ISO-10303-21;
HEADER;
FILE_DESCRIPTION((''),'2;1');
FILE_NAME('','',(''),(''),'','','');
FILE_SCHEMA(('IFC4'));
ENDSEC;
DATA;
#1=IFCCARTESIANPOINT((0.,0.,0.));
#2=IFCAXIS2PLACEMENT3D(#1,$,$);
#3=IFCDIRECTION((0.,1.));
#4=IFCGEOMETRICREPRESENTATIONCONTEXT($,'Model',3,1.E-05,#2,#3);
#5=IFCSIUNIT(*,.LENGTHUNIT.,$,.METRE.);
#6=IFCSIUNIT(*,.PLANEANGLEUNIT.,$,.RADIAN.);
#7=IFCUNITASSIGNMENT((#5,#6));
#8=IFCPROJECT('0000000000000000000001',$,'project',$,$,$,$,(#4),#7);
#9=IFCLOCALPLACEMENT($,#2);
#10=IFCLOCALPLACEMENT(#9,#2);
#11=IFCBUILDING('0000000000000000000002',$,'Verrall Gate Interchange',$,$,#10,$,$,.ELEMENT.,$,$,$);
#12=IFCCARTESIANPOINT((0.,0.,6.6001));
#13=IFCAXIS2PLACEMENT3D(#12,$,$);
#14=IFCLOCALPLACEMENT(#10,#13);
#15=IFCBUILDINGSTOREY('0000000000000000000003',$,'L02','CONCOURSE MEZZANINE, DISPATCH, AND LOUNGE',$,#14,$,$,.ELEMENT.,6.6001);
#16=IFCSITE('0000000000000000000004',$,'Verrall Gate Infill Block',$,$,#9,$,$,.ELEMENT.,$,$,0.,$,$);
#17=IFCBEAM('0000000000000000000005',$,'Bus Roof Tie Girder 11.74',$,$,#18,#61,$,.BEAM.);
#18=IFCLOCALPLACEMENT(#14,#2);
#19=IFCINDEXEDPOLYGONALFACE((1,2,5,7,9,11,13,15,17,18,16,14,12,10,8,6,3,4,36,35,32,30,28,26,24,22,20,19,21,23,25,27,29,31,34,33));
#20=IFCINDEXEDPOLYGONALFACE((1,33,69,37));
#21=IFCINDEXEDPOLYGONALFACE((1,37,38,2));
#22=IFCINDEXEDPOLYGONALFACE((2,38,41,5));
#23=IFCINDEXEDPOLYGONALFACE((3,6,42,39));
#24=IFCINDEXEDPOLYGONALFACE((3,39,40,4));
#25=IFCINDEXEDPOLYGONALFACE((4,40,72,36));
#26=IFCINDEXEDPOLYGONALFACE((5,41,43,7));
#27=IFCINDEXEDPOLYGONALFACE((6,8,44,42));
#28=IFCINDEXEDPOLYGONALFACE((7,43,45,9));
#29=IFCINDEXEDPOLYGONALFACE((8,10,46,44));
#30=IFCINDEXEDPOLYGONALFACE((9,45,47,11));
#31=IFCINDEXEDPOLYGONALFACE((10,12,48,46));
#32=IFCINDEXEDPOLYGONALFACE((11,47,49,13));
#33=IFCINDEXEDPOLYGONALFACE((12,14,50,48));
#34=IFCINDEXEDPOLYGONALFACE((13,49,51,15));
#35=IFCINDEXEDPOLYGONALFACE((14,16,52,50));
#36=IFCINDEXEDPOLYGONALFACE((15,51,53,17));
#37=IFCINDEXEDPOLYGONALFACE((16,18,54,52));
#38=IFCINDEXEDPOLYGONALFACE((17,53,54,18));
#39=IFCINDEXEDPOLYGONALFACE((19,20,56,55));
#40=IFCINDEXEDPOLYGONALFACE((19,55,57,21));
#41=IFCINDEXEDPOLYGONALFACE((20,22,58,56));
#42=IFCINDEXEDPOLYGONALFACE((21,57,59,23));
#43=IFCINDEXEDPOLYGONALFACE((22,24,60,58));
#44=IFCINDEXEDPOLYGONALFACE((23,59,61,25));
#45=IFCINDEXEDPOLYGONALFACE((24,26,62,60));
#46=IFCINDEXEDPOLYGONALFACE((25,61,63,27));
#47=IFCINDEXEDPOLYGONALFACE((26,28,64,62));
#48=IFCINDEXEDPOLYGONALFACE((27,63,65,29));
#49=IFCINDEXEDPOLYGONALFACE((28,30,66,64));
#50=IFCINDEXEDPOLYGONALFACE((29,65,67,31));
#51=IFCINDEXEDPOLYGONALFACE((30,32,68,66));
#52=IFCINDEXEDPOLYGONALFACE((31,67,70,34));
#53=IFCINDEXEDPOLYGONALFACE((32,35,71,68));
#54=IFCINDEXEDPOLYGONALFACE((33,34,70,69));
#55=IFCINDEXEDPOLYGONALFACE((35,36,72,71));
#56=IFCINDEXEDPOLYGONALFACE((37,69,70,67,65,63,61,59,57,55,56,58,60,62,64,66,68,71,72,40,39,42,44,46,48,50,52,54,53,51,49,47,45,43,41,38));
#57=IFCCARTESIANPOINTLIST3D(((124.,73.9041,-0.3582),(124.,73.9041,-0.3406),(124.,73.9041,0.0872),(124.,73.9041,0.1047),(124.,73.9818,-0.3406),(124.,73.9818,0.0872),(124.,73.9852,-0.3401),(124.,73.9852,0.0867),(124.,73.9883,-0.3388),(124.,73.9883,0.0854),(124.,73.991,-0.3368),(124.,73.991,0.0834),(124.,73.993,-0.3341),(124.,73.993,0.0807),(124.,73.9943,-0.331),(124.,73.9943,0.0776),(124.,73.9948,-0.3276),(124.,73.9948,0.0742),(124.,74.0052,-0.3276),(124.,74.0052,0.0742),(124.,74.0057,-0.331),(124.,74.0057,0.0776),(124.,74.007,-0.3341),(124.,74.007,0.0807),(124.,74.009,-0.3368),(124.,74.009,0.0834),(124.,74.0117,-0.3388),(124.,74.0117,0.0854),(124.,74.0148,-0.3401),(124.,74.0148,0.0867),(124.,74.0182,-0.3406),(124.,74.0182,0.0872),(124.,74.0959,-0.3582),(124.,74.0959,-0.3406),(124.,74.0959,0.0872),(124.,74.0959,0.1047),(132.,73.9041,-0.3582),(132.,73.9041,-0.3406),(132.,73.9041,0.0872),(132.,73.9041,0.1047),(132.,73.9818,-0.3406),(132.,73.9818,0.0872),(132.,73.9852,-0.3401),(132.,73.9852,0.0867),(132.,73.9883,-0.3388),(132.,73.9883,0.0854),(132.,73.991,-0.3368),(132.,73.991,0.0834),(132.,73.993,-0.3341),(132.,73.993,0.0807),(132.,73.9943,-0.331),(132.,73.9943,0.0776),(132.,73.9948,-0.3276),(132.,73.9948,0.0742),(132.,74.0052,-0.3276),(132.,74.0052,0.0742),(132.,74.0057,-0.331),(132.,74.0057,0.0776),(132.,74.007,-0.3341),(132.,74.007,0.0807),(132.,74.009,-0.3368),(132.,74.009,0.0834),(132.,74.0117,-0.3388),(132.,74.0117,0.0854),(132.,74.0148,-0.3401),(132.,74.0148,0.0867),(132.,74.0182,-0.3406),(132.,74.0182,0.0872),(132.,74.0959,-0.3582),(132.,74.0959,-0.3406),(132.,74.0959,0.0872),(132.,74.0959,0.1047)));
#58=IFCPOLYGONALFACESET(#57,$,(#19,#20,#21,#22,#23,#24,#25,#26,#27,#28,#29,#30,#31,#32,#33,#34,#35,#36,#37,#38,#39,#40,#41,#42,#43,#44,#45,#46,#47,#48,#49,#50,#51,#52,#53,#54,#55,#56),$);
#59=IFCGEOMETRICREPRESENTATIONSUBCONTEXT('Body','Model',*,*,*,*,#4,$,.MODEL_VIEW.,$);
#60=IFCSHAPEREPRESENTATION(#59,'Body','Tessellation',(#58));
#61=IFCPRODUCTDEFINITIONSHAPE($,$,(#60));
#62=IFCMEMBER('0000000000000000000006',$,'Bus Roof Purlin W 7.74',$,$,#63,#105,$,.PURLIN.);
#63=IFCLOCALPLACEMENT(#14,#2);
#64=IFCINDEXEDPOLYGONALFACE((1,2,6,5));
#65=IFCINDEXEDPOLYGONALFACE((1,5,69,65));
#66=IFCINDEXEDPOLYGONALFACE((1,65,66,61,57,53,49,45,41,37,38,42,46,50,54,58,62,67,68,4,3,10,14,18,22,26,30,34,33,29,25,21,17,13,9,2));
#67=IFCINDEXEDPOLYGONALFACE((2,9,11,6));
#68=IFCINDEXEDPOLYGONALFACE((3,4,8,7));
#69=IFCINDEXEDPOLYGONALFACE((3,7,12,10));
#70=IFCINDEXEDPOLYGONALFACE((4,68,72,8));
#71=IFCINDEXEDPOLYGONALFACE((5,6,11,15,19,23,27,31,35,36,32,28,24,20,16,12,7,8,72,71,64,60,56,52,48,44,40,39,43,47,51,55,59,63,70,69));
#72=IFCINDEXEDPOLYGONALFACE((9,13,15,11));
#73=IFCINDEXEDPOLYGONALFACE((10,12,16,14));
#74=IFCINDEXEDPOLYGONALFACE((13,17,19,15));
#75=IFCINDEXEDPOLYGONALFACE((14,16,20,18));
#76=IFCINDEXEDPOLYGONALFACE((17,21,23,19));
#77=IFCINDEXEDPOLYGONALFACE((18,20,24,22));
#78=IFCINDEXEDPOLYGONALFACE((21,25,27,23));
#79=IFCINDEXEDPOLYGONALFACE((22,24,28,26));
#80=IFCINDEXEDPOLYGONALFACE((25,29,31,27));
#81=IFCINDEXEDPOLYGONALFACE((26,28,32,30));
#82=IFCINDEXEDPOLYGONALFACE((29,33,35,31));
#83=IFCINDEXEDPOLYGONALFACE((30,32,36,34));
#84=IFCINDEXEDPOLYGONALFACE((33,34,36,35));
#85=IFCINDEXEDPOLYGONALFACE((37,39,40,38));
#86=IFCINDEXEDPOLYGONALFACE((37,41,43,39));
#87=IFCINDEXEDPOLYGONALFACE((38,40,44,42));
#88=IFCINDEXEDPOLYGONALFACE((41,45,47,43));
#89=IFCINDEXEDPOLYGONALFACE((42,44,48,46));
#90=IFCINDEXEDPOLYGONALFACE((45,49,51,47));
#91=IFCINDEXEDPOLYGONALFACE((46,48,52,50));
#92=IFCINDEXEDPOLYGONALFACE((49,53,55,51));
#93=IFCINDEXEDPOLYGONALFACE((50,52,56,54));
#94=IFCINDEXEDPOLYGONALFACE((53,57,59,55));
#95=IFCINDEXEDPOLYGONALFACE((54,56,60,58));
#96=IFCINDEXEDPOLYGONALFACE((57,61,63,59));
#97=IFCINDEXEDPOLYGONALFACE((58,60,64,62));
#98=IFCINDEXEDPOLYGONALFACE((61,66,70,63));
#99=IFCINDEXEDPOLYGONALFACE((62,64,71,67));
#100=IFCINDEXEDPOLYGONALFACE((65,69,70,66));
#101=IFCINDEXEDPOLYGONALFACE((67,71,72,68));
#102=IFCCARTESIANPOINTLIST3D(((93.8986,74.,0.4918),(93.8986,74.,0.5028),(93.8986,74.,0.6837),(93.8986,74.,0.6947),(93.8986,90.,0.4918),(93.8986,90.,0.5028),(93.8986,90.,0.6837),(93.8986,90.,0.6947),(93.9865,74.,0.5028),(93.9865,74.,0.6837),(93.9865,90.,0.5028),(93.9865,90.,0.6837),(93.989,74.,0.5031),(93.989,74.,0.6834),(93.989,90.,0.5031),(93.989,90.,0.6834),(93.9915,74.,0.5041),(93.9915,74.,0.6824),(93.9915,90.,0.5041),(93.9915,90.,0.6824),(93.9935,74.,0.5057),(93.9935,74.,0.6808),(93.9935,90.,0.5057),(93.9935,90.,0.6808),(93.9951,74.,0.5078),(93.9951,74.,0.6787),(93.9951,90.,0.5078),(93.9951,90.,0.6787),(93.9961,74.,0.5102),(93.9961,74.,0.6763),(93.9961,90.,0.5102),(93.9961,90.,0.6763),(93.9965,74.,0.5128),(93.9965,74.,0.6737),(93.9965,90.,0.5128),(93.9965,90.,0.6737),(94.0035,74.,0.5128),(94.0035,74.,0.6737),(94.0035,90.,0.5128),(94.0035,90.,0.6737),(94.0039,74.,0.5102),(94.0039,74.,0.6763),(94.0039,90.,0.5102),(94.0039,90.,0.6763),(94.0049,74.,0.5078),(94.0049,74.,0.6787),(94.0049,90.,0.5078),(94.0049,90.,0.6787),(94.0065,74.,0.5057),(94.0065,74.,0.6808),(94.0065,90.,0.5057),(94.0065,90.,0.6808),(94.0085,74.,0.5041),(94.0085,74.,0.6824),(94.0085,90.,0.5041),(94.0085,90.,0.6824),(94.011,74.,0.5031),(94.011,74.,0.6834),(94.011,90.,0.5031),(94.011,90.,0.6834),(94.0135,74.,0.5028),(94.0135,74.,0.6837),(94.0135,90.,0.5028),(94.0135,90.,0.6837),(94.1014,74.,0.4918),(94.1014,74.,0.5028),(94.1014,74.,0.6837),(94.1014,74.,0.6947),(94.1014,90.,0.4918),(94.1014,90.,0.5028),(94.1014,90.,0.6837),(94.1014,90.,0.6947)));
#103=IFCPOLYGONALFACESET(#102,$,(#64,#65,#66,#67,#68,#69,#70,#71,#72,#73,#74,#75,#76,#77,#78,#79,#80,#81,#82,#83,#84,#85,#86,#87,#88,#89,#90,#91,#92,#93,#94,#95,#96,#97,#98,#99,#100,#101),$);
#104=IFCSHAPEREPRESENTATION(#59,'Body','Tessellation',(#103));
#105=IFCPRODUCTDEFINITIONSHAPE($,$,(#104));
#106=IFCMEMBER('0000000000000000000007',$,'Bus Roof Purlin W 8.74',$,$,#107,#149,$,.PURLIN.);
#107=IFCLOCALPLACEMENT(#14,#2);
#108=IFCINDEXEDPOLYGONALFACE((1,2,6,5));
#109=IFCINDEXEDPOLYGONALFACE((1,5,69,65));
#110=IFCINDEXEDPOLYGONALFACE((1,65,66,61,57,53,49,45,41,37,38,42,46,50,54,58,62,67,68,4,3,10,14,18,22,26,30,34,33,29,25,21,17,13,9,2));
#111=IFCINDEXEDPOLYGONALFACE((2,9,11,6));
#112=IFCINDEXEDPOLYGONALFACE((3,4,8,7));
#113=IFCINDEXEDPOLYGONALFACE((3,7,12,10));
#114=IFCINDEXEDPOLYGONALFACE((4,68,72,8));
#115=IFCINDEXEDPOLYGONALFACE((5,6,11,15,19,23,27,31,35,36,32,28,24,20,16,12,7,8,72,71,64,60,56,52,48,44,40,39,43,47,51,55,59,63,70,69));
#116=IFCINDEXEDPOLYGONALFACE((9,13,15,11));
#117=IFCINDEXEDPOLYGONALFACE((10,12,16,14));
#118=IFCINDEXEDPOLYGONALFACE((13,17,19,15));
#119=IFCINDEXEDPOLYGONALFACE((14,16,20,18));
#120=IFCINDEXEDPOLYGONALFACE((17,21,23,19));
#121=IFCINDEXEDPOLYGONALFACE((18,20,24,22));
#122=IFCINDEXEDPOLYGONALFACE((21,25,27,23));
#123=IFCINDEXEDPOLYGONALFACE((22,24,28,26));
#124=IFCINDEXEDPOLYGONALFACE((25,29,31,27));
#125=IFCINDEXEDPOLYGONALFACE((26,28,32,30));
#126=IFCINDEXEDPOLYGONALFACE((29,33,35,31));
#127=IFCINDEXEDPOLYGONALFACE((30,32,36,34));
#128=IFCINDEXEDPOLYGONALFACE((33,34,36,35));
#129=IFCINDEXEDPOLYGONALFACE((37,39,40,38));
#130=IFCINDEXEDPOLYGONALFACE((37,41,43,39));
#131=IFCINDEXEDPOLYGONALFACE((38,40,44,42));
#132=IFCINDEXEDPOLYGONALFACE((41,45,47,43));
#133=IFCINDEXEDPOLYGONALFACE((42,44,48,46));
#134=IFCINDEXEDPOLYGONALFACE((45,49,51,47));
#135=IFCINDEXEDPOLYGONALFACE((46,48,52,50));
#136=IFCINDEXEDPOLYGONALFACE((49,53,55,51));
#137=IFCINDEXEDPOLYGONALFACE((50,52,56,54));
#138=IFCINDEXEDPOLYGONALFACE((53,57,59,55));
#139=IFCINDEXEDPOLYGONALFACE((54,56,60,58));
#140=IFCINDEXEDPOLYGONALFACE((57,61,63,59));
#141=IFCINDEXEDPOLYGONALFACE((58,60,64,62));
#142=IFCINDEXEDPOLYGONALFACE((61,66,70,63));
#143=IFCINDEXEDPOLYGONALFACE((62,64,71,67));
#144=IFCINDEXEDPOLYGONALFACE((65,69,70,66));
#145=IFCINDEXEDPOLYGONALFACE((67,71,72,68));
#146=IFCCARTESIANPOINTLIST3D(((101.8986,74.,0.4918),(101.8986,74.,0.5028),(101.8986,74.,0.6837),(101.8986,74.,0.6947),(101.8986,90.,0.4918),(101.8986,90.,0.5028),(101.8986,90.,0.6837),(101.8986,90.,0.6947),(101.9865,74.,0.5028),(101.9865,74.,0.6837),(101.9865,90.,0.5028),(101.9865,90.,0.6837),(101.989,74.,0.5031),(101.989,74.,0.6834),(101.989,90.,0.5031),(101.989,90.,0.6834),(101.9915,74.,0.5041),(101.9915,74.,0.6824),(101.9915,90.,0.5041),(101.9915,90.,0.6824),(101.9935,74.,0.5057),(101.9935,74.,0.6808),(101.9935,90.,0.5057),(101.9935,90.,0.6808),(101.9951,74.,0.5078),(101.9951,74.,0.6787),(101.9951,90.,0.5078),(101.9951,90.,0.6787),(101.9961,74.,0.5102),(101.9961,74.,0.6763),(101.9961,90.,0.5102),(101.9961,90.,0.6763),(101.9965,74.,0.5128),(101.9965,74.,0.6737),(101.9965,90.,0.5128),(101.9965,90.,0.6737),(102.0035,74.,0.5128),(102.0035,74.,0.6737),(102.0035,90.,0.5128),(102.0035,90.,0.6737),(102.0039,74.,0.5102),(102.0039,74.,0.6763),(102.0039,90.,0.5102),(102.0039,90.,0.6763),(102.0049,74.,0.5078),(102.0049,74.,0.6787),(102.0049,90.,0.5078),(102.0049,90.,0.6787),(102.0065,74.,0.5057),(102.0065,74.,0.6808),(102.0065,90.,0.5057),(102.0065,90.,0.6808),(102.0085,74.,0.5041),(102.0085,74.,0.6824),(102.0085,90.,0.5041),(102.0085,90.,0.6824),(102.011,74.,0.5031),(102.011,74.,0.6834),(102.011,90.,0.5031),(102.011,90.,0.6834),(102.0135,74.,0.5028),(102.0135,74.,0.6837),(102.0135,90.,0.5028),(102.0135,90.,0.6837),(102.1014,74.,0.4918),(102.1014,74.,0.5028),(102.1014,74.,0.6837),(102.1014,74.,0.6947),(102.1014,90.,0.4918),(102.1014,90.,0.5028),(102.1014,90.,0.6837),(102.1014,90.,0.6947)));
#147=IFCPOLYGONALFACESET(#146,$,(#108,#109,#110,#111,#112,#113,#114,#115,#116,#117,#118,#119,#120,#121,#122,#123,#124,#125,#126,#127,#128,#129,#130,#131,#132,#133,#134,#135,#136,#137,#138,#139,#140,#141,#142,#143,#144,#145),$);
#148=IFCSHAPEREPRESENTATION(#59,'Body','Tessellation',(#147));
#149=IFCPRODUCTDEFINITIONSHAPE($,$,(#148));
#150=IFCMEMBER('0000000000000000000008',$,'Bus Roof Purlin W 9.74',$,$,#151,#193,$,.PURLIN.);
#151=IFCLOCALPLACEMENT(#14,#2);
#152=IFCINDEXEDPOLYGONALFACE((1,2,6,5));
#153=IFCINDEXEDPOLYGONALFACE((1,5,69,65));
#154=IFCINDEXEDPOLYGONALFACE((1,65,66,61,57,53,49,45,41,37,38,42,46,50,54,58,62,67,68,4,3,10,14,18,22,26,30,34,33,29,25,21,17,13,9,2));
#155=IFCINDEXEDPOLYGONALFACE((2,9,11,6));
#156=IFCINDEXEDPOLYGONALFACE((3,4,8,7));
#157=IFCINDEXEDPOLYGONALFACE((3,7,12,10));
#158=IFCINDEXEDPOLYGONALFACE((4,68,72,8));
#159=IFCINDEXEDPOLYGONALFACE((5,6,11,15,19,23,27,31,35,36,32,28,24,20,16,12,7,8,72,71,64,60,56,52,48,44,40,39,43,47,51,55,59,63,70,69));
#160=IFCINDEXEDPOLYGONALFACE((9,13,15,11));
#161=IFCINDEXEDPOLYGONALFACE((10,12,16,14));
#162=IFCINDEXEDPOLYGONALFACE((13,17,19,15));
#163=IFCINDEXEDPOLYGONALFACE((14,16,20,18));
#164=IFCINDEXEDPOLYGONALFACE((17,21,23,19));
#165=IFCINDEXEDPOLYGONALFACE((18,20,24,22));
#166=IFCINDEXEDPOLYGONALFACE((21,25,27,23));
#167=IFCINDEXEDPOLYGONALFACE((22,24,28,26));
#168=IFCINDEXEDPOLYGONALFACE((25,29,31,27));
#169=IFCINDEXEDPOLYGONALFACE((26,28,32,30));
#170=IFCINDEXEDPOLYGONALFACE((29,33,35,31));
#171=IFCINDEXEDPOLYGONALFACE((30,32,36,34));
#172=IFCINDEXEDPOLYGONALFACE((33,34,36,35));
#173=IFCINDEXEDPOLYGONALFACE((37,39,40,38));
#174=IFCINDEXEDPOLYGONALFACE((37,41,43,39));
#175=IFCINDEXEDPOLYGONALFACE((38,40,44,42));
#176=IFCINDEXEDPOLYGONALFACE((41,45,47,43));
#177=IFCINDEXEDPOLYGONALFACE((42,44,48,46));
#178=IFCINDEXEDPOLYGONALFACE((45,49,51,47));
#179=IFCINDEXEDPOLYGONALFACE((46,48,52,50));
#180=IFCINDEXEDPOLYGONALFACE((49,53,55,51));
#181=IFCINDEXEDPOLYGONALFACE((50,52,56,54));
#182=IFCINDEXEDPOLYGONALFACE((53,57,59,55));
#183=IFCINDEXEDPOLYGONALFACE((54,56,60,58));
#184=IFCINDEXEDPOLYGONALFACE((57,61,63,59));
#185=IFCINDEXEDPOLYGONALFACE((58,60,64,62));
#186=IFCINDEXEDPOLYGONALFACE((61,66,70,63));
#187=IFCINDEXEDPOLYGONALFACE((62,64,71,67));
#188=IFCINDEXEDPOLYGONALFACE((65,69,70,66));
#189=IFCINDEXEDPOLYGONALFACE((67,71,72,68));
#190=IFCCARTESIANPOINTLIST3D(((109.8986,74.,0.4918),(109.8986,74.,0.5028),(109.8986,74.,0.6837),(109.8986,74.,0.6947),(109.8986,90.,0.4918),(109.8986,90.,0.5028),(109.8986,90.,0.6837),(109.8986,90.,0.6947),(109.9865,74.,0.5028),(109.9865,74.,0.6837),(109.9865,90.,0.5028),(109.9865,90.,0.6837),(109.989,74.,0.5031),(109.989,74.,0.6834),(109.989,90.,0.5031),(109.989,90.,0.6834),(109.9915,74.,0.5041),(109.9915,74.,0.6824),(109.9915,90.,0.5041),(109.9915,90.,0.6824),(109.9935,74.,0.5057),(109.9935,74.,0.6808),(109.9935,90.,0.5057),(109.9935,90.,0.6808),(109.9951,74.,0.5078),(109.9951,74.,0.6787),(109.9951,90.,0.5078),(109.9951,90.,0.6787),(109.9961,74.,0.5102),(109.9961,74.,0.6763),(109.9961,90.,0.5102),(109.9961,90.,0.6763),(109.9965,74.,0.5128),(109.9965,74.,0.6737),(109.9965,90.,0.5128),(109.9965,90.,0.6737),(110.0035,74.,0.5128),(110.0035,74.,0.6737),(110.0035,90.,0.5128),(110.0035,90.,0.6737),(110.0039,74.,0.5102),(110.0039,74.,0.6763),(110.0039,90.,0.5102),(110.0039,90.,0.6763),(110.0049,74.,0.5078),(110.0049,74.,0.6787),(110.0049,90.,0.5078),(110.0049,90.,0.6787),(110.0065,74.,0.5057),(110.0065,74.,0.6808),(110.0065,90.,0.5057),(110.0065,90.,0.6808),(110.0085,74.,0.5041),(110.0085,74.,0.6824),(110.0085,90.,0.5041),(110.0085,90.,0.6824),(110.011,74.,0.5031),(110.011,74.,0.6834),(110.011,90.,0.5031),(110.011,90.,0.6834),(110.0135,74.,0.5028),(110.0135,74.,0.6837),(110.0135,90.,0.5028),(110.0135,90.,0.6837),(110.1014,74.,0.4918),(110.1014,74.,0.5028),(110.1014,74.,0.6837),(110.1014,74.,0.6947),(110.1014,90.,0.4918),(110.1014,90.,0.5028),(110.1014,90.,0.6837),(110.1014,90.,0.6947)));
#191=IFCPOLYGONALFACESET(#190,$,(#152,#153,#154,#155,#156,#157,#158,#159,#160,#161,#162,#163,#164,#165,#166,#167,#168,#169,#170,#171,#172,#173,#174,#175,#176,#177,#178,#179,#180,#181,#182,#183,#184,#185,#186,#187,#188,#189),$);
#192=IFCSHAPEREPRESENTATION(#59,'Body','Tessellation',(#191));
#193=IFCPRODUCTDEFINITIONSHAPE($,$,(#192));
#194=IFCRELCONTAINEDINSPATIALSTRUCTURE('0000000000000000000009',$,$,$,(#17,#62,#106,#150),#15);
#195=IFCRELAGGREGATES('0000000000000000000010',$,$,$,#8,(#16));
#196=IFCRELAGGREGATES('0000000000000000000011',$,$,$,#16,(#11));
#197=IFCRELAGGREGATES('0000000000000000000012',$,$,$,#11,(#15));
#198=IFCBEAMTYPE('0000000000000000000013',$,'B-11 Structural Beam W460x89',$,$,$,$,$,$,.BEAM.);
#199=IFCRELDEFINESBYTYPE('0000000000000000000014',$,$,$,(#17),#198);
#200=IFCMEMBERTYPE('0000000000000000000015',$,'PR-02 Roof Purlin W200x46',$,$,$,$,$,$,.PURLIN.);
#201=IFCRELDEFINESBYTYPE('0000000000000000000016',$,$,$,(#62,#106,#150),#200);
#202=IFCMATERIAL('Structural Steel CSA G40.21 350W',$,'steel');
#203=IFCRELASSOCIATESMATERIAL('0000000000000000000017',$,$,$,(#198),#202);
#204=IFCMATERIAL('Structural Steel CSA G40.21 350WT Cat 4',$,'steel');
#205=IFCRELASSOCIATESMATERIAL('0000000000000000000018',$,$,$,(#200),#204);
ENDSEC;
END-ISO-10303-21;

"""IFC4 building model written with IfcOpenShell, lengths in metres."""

from ifc_helpers import new_model, si_unit, direction, frame, origin, origin_2d, place, context, subcontext, project, spatial, i_section, extrude, material, material_profile, profile_set, type_object, element, save


model = new_model("IFC4")

# Units and contexts
model_context = context("Model", 3, precision=1e-05, world=origin(), true_north=direction((0.0, 1.0)))
body_context = subcontext(model_context, "Body", "Model", "MODEL_VIEW")
ifc_project = project(units=[si_unit("LENGTHUNIT", "METRE"), si_unit("PLANEANGLEUNIT", "RADIAN")], contexts=[model_context])

# Site, building, storey
site_placement = place(None, origin())
site = spatial("IfcSite", under=ifc_project, at=site_placement, Name="Verrall Gate Infill Block", CompositionType="ELEMENT", RefElevation=0.0)
building_placement = place(site_placement, origin())
building = spatial("IfcBuilding", under=site, at=building_placement, Name="Verrall Gate Interchange", CompositionType="ELEMENT")
storey_placement = place(building_placement, frame((0.0, 0.0, 6.6001)))
storey = spatial("IfcBuildingStorey", under=building, at=storey_placement, Name="L02", Description="CONCOURSE MEZZANINE, DISPATCH, AND LOUNGE", CompositionType="ELEMENT", Elevation=6.6001)

# Beam
ifc_material_1 = material(Name="Structural Steel CSA G40.21 350W", Category="steel")
ifc_material_profile_1 = material_profile(ifc_material_1, i_section(OverallWidth=0.1919, OverallDepth=0.4629, WebThickness=0.0105, FlangeThickness=0.0176, FilletRadius=0.0129, at=origin_2d()), Name="W460x89")
ifc_profile_set_1 = profile_set([ifc_material_profile_1], Name="Structural Steel CSA G40.21 350W")
beam_type_1 = type_object("IfcBeamType", Name="B-11 Structural Beam W460x89", PredefinedType="BEAM", material=ifc_profile_set_1)
for number, where, z_axis, x_axis, name in (
    (1, (124.0, 74.0, -0.1267), (1.0, 0.0, 0.0), (0.0, 1.0, 0.0), "Bus Roof Tie Girder 11.74"),
):
    element("IfcBeam", number, at=place(storey_placement, frame(where, z_axis=z_axis, x_axis=x_axis)), inside=storey, type_object=beam_type_1, Name=name, PredefinedType="BEAM", context=body_context, shape_type="SweptSolid", body=[
        extrude(i_section(OverallWidth=0.1919, OverallDepth=0.4629, WebThickness=0.0105, FlangeThickness=0.0176, FilletRadius=0.0129, at=origin_2d()), origin(), (0.0, 0.0, 1.0), 8.0),
    ])

# Members
ifc_material_2 = material(Name="Structural Steel CSA G40.21 350WT Cat 4", Category="steel")
ifc_material_profile_2 = material_profile(ifc_material_2, i_section(OverallWidth=0.2029, OverallDepth=0.2029, WebThickness=0.0071, FlangeThickness=0.011, FilletRadius=0.01, at=origin_2d()), Name="W200x46")
ifc_profile_set_2 = profile_set([ifc_material_profile_2], Name="Structural Steel CSA G40.21 350WT Cat 4")
member_type_1 = type_object("IfcMemberType", Name="PR-02 Roof Purlin W200x46", PredefinedType="PURLIN", material=ifc_profile_set_2)
for number, where, z_axis, x_axis, name in (
    (2, (94.0, 74.0, 0.5933), (0.0, 1.0, 0.0), (-1.0, 0.0, 0.0), "Bus Roof Purlin W 7.74"),
    (3, (102.0, 74.0, 0.5933), (0.0, 1.0, 0.0), (-1.0, 0.0, 0.0), "Bus Roof Purlin W 8.74"),
    (4, (110.0, 74.0, 0.5933), (0.0, 1.0, 0.0), (-1.0, 0.0, 0.0), "Bus Roof Purlin W 9.74"),
):
    element("IfcMember", number, at=place(storey_placement, frame(where, z_axis=z_axis, x_axis=x_axis)), inside=storey, type_object=member_type_1, Name=name, PredefinedType="PURLIN", context=body_context, shape_type="SweptSolid", body=[
        extrude(i_section(OverallWidth=0.2029, OverallDepth=0.2029, WebThickness=0.0071, FlangeThickness=0.011, FilletRadius=0.01, at=origin_2d()), origin(), (0.0, 0.0, 1.0), 16.0),
    ])

save(model, "model.ifc")
